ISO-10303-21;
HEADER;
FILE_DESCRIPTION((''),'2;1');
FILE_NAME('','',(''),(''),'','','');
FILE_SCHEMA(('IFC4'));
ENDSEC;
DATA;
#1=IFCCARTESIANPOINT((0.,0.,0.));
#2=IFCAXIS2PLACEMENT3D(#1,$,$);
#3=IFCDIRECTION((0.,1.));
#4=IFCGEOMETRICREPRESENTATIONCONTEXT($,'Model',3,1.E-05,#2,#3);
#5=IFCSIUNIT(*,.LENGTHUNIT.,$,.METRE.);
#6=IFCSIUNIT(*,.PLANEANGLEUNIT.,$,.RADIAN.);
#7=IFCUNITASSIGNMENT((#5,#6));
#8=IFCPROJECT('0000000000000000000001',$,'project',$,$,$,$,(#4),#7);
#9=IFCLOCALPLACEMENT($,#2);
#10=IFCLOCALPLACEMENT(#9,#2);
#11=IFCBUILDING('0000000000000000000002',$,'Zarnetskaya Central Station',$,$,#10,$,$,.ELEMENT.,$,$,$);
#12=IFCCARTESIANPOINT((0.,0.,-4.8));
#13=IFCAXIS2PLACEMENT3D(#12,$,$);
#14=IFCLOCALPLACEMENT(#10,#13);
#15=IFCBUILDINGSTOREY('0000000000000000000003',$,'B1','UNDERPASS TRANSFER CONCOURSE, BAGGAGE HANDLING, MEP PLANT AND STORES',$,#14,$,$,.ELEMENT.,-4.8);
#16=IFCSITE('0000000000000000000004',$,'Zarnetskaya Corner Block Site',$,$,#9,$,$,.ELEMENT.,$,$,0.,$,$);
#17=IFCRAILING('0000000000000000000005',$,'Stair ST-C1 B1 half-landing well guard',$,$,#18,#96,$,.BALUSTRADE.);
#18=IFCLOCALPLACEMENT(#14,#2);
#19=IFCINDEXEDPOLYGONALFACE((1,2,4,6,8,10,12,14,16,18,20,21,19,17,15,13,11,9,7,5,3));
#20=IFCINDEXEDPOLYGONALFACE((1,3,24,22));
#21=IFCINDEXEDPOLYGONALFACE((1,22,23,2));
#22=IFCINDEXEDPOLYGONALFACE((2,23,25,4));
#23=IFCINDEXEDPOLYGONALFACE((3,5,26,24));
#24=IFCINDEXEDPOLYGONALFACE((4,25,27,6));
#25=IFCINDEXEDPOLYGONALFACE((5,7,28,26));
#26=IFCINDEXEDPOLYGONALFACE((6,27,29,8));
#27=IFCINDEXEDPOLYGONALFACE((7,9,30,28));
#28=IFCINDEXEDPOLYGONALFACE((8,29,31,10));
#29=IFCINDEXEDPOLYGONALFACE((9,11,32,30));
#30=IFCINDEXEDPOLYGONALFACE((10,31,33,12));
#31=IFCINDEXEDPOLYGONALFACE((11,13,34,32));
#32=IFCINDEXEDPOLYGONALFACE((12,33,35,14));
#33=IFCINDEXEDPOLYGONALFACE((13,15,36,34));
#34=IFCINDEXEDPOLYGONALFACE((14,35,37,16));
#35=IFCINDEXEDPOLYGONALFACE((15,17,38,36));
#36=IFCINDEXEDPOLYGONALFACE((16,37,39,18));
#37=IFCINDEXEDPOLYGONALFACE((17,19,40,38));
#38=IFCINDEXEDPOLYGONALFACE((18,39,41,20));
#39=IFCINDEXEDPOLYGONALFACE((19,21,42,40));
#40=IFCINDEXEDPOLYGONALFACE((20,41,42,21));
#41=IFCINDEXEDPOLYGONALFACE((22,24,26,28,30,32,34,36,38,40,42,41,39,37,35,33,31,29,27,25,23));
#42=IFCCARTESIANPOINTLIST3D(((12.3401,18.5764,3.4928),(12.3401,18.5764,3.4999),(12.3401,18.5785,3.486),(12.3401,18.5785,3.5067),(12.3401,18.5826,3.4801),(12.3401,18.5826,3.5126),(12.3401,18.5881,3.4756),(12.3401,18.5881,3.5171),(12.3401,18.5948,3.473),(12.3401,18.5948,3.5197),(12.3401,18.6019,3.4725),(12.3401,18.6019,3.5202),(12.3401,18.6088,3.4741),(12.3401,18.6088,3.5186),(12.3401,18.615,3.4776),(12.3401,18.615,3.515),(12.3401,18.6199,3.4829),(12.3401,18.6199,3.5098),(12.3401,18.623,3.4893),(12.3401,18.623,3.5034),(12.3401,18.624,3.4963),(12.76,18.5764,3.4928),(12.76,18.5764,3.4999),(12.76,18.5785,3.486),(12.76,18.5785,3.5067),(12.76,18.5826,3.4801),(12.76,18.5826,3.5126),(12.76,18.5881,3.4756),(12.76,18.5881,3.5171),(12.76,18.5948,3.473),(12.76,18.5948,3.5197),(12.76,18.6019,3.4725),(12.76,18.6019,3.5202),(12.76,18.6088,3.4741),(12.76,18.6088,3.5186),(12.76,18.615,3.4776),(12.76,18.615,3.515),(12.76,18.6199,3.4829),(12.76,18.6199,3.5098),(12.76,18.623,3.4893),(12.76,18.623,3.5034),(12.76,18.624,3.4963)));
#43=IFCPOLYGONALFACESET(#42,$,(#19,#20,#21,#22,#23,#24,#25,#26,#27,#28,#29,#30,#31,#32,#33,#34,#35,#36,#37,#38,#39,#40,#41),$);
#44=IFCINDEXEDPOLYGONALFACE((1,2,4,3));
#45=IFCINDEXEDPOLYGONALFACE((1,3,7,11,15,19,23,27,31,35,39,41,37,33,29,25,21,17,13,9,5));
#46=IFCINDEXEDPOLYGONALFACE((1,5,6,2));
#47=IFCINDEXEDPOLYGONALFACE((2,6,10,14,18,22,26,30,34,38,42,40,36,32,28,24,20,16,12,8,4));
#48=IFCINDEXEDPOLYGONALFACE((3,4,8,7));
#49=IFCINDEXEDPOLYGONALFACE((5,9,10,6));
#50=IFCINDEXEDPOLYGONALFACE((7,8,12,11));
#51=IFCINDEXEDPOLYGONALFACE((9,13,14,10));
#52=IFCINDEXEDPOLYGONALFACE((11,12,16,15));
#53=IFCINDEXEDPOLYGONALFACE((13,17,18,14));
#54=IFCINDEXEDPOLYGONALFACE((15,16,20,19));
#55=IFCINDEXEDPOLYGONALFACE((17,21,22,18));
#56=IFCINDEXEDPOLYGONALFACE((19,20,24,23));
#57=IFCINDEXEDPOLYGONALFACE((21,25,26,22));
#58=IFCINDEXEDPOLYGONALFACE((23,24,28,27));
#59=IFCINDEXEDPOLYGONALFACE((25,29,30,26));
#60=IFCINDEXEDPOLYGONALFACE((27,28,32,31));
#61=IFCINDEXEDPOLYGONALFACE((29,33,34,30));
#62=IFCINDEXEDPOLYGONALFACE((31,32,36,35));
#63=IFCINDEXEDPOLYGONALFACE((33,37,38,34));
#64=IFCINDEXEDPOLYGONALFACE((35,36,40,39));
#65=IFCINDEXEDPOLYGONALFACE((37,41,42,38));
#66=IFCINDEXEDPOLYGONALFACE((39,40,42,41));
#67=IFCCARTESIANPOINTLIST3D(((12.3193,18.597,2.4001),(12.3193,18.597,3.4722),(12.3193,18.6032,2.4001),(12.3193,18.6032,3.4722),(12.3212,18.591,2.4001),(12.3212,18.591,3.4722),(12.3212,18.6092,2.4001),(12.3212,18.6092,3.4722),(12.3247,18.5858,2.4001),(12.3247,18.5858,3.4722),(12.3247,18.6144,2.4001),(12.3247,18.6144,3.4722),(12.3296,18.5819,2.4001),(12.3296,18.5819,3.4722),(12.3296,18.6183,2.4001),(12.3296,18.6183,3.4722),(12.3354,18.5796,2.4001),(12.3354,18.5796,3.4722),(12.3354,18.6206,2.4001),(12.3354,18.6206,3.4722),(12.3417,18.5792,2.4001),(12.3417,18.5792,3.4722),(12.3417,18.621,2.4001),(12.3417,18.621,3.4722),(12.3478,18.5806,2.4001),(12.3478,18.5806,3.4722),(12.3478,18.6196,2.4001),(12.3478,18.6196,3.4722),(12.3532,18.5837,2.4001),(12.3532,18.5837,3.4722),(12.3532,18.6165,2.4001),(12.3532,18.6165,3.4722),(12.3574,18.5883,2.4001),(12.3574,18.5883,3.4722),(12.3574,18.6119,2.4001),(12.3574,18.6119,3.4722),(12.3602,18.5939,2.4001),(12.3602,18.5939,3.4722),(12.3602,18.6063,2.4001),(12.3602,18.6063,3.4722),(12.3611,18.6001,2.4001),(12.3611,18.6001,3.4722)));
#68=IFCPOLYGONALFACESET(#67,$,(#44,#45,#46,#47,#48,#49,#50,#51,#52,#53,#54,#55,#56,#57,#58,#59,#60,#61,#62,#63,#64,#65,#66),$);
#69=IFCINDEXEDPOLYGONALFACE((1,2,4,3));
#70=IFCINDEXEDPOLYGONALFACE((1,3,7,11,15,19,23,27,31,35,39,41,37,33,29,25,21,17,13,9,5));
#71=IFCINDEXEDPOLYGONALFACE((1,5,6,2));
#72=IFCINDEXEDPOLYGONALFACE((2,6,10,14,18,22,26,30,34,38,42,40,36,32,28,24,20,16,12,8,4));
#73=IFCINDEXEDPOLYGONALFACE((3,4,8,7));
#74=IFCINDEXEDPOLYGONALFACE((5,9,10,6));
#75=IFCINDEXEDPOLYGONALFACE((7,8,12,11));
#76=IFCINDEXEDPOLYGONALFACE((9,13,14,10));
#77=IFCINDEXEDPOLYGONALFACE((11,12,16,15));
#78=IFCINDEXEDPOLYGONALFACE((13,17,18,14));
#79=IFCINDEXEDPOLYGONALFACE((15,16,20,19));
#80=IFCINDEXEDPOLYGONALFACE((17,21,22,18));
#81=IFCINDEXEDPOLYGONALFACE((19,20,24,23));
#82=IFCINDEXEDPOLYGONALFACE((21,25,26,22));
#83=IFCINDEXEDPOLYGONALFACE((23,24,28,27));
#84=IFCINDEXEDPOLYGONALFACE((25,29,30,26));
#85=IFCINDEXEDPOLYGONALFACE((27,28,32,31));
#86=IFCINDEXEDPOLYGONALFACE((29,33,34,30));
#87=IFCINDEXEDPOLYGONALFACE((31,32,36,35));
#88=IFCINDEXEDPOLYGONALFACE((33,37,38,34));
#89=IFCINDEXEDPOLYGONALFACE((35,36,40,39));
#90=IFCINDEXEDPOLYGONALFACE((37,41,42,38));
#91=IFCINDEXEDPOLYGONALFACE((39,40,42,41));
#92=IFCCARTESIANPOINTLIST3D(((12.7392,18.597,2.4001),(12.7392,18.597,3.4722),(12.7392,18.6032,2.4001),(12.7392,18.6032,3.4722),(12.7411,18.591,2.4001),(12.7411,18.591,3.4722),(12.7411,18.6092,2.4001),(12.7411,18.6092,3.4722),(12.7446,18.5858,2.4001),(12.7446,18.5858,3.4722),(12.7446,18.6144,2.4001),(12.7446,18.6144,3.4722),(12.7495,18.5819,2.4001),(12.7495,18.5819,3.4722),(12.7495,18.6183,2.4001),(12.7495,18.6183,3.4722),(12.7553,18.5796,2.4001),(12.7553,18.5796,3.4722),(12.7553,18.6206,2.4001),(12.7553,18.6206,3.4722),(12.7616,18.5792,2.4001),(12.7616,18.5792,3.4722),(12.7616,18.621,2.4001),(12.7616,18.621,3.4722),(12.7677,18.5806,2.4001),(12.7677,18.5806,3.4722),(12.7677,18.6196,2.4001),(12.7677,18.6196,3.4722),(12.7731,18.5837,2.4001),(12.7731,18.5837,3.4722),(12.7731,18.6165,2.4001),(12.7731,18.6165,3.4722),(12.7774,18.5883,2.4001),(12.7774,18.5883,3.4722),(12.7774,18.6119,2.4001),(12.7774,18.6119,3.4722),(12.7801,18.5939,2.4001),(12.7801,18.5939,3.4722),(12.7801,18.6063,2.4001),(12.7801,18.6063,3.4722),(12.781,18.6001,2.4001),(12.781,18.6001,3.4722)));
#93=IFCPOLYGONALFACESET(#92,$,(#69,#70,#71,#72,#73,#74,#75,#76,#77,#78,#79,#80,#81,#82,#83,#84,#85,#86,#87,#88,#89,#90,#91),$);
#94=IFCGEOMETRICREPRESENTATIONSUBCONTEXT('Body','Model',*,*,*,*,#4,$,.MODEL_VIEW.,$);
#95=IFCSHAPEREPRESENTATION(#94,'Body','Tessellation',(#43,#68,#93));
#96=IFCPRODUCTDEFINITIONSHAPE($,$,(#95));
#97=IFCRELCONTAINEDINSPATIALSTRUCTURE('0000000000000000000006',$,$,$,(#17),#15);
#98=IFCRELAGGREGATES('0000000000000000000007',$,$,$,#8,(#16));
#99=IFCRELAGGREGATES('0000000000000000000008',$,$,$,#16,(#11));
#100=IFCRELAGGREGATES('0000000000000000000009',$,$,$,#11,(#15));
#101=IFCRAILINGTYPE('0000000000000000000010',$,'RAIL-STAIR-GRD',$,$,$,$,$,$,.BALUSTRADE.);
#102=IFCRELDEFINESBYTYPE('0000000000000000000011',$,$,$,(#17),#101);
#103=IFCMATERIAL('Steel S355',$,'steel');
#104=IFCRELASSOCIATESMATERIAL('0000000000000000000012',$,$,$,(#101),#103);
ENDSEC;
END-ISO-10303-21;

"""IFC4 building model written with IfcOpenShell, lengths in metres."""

from ifc_helpers import new_model, si_unit, direction, frame, origin, origin_2d, place, context, subcontext, project, spatial, circle, extrude, material, type_object, element, save


model = new_model("IFC4")

# Units and contexts
model_context = context("Model", 3, precision=1e-05, world=origin(), true_north=direction((0.0, 1.0)))
body_context = subcontext(model_context, "Body", "Model", "MODEL_VIEW")
ifc_project = project(units=[si_unit("LENGTHUNIT", "METRE"), si_unit("PLANEANGLEUNIT", "RADIAN")], contexts=[model_context])

# Site, building, storey
site_placement = place(None, origin())
site = spatial("IfcSite", under=ifc_project, at=site_placement, Name="Zarnetskaya Corner Block Site", CompositionType="ELEMENT", RefElevation=0.0)
building_placement = place(site_placement, origin())
building = spatial("IfcBuilding", under=site, at=building_placement, Name="Zarnetskaya Central Station", CompositionType="ELEMENT")
storey_placement = place(building_placement, frame((0.0, 0.0, -4.8)))
storey = spatial("IfcBuildingStorey", under=building, at=storey_placement, Name="B1", Description="UNDERPASS TRANSFER CONCOURSE, BAGGAGE HANDLING, MEP PLANT AND STORES", CompositionType="ELEMENT", Elevation=-4.8)

# Railing
ifc_material_1 = material(Name="Steel S355", Category="steel")
railing_type_1 = type_object("IfcRailingType", Name="RAIL-STAIR-GRD", PredefinedType="BALUSTRADE", material=ifc_material_1)
railing_1_placement = place(storey_placement, frame((12.3401, 18.6001, 2.4001)))
element("IfcRailing", 1, at=railing_1_placement, inside=storey, type_object=railing_type_1, Name="Stair ST-C1 B1 half-landing well guard", PredefinedType="BALUSTRADE", context=body_context, shape_type="SweptSolid", body=[
    extrude(circle(Radius=0.0239, at=origin_2d()), frame((0.0, 0.0, 1.0962), z_axis=(1.0, 0.0, 0.0), x_axis=(0.0, 1.0, 0.0)), (0.0, 0.0, 1.0), 0.4199),
    extrude(circle(Radius=0.021, at=origin_2d()), origin(), (0.0, 0.0, 1.0), 1.072),
    extrude(circle(Radius=0.021, at=origin_2d()), frame((0.4199, 0.0, 0.0)), (0.0, 0.0, 1.0), 1.072),
])

save(model, "model.ifc")
